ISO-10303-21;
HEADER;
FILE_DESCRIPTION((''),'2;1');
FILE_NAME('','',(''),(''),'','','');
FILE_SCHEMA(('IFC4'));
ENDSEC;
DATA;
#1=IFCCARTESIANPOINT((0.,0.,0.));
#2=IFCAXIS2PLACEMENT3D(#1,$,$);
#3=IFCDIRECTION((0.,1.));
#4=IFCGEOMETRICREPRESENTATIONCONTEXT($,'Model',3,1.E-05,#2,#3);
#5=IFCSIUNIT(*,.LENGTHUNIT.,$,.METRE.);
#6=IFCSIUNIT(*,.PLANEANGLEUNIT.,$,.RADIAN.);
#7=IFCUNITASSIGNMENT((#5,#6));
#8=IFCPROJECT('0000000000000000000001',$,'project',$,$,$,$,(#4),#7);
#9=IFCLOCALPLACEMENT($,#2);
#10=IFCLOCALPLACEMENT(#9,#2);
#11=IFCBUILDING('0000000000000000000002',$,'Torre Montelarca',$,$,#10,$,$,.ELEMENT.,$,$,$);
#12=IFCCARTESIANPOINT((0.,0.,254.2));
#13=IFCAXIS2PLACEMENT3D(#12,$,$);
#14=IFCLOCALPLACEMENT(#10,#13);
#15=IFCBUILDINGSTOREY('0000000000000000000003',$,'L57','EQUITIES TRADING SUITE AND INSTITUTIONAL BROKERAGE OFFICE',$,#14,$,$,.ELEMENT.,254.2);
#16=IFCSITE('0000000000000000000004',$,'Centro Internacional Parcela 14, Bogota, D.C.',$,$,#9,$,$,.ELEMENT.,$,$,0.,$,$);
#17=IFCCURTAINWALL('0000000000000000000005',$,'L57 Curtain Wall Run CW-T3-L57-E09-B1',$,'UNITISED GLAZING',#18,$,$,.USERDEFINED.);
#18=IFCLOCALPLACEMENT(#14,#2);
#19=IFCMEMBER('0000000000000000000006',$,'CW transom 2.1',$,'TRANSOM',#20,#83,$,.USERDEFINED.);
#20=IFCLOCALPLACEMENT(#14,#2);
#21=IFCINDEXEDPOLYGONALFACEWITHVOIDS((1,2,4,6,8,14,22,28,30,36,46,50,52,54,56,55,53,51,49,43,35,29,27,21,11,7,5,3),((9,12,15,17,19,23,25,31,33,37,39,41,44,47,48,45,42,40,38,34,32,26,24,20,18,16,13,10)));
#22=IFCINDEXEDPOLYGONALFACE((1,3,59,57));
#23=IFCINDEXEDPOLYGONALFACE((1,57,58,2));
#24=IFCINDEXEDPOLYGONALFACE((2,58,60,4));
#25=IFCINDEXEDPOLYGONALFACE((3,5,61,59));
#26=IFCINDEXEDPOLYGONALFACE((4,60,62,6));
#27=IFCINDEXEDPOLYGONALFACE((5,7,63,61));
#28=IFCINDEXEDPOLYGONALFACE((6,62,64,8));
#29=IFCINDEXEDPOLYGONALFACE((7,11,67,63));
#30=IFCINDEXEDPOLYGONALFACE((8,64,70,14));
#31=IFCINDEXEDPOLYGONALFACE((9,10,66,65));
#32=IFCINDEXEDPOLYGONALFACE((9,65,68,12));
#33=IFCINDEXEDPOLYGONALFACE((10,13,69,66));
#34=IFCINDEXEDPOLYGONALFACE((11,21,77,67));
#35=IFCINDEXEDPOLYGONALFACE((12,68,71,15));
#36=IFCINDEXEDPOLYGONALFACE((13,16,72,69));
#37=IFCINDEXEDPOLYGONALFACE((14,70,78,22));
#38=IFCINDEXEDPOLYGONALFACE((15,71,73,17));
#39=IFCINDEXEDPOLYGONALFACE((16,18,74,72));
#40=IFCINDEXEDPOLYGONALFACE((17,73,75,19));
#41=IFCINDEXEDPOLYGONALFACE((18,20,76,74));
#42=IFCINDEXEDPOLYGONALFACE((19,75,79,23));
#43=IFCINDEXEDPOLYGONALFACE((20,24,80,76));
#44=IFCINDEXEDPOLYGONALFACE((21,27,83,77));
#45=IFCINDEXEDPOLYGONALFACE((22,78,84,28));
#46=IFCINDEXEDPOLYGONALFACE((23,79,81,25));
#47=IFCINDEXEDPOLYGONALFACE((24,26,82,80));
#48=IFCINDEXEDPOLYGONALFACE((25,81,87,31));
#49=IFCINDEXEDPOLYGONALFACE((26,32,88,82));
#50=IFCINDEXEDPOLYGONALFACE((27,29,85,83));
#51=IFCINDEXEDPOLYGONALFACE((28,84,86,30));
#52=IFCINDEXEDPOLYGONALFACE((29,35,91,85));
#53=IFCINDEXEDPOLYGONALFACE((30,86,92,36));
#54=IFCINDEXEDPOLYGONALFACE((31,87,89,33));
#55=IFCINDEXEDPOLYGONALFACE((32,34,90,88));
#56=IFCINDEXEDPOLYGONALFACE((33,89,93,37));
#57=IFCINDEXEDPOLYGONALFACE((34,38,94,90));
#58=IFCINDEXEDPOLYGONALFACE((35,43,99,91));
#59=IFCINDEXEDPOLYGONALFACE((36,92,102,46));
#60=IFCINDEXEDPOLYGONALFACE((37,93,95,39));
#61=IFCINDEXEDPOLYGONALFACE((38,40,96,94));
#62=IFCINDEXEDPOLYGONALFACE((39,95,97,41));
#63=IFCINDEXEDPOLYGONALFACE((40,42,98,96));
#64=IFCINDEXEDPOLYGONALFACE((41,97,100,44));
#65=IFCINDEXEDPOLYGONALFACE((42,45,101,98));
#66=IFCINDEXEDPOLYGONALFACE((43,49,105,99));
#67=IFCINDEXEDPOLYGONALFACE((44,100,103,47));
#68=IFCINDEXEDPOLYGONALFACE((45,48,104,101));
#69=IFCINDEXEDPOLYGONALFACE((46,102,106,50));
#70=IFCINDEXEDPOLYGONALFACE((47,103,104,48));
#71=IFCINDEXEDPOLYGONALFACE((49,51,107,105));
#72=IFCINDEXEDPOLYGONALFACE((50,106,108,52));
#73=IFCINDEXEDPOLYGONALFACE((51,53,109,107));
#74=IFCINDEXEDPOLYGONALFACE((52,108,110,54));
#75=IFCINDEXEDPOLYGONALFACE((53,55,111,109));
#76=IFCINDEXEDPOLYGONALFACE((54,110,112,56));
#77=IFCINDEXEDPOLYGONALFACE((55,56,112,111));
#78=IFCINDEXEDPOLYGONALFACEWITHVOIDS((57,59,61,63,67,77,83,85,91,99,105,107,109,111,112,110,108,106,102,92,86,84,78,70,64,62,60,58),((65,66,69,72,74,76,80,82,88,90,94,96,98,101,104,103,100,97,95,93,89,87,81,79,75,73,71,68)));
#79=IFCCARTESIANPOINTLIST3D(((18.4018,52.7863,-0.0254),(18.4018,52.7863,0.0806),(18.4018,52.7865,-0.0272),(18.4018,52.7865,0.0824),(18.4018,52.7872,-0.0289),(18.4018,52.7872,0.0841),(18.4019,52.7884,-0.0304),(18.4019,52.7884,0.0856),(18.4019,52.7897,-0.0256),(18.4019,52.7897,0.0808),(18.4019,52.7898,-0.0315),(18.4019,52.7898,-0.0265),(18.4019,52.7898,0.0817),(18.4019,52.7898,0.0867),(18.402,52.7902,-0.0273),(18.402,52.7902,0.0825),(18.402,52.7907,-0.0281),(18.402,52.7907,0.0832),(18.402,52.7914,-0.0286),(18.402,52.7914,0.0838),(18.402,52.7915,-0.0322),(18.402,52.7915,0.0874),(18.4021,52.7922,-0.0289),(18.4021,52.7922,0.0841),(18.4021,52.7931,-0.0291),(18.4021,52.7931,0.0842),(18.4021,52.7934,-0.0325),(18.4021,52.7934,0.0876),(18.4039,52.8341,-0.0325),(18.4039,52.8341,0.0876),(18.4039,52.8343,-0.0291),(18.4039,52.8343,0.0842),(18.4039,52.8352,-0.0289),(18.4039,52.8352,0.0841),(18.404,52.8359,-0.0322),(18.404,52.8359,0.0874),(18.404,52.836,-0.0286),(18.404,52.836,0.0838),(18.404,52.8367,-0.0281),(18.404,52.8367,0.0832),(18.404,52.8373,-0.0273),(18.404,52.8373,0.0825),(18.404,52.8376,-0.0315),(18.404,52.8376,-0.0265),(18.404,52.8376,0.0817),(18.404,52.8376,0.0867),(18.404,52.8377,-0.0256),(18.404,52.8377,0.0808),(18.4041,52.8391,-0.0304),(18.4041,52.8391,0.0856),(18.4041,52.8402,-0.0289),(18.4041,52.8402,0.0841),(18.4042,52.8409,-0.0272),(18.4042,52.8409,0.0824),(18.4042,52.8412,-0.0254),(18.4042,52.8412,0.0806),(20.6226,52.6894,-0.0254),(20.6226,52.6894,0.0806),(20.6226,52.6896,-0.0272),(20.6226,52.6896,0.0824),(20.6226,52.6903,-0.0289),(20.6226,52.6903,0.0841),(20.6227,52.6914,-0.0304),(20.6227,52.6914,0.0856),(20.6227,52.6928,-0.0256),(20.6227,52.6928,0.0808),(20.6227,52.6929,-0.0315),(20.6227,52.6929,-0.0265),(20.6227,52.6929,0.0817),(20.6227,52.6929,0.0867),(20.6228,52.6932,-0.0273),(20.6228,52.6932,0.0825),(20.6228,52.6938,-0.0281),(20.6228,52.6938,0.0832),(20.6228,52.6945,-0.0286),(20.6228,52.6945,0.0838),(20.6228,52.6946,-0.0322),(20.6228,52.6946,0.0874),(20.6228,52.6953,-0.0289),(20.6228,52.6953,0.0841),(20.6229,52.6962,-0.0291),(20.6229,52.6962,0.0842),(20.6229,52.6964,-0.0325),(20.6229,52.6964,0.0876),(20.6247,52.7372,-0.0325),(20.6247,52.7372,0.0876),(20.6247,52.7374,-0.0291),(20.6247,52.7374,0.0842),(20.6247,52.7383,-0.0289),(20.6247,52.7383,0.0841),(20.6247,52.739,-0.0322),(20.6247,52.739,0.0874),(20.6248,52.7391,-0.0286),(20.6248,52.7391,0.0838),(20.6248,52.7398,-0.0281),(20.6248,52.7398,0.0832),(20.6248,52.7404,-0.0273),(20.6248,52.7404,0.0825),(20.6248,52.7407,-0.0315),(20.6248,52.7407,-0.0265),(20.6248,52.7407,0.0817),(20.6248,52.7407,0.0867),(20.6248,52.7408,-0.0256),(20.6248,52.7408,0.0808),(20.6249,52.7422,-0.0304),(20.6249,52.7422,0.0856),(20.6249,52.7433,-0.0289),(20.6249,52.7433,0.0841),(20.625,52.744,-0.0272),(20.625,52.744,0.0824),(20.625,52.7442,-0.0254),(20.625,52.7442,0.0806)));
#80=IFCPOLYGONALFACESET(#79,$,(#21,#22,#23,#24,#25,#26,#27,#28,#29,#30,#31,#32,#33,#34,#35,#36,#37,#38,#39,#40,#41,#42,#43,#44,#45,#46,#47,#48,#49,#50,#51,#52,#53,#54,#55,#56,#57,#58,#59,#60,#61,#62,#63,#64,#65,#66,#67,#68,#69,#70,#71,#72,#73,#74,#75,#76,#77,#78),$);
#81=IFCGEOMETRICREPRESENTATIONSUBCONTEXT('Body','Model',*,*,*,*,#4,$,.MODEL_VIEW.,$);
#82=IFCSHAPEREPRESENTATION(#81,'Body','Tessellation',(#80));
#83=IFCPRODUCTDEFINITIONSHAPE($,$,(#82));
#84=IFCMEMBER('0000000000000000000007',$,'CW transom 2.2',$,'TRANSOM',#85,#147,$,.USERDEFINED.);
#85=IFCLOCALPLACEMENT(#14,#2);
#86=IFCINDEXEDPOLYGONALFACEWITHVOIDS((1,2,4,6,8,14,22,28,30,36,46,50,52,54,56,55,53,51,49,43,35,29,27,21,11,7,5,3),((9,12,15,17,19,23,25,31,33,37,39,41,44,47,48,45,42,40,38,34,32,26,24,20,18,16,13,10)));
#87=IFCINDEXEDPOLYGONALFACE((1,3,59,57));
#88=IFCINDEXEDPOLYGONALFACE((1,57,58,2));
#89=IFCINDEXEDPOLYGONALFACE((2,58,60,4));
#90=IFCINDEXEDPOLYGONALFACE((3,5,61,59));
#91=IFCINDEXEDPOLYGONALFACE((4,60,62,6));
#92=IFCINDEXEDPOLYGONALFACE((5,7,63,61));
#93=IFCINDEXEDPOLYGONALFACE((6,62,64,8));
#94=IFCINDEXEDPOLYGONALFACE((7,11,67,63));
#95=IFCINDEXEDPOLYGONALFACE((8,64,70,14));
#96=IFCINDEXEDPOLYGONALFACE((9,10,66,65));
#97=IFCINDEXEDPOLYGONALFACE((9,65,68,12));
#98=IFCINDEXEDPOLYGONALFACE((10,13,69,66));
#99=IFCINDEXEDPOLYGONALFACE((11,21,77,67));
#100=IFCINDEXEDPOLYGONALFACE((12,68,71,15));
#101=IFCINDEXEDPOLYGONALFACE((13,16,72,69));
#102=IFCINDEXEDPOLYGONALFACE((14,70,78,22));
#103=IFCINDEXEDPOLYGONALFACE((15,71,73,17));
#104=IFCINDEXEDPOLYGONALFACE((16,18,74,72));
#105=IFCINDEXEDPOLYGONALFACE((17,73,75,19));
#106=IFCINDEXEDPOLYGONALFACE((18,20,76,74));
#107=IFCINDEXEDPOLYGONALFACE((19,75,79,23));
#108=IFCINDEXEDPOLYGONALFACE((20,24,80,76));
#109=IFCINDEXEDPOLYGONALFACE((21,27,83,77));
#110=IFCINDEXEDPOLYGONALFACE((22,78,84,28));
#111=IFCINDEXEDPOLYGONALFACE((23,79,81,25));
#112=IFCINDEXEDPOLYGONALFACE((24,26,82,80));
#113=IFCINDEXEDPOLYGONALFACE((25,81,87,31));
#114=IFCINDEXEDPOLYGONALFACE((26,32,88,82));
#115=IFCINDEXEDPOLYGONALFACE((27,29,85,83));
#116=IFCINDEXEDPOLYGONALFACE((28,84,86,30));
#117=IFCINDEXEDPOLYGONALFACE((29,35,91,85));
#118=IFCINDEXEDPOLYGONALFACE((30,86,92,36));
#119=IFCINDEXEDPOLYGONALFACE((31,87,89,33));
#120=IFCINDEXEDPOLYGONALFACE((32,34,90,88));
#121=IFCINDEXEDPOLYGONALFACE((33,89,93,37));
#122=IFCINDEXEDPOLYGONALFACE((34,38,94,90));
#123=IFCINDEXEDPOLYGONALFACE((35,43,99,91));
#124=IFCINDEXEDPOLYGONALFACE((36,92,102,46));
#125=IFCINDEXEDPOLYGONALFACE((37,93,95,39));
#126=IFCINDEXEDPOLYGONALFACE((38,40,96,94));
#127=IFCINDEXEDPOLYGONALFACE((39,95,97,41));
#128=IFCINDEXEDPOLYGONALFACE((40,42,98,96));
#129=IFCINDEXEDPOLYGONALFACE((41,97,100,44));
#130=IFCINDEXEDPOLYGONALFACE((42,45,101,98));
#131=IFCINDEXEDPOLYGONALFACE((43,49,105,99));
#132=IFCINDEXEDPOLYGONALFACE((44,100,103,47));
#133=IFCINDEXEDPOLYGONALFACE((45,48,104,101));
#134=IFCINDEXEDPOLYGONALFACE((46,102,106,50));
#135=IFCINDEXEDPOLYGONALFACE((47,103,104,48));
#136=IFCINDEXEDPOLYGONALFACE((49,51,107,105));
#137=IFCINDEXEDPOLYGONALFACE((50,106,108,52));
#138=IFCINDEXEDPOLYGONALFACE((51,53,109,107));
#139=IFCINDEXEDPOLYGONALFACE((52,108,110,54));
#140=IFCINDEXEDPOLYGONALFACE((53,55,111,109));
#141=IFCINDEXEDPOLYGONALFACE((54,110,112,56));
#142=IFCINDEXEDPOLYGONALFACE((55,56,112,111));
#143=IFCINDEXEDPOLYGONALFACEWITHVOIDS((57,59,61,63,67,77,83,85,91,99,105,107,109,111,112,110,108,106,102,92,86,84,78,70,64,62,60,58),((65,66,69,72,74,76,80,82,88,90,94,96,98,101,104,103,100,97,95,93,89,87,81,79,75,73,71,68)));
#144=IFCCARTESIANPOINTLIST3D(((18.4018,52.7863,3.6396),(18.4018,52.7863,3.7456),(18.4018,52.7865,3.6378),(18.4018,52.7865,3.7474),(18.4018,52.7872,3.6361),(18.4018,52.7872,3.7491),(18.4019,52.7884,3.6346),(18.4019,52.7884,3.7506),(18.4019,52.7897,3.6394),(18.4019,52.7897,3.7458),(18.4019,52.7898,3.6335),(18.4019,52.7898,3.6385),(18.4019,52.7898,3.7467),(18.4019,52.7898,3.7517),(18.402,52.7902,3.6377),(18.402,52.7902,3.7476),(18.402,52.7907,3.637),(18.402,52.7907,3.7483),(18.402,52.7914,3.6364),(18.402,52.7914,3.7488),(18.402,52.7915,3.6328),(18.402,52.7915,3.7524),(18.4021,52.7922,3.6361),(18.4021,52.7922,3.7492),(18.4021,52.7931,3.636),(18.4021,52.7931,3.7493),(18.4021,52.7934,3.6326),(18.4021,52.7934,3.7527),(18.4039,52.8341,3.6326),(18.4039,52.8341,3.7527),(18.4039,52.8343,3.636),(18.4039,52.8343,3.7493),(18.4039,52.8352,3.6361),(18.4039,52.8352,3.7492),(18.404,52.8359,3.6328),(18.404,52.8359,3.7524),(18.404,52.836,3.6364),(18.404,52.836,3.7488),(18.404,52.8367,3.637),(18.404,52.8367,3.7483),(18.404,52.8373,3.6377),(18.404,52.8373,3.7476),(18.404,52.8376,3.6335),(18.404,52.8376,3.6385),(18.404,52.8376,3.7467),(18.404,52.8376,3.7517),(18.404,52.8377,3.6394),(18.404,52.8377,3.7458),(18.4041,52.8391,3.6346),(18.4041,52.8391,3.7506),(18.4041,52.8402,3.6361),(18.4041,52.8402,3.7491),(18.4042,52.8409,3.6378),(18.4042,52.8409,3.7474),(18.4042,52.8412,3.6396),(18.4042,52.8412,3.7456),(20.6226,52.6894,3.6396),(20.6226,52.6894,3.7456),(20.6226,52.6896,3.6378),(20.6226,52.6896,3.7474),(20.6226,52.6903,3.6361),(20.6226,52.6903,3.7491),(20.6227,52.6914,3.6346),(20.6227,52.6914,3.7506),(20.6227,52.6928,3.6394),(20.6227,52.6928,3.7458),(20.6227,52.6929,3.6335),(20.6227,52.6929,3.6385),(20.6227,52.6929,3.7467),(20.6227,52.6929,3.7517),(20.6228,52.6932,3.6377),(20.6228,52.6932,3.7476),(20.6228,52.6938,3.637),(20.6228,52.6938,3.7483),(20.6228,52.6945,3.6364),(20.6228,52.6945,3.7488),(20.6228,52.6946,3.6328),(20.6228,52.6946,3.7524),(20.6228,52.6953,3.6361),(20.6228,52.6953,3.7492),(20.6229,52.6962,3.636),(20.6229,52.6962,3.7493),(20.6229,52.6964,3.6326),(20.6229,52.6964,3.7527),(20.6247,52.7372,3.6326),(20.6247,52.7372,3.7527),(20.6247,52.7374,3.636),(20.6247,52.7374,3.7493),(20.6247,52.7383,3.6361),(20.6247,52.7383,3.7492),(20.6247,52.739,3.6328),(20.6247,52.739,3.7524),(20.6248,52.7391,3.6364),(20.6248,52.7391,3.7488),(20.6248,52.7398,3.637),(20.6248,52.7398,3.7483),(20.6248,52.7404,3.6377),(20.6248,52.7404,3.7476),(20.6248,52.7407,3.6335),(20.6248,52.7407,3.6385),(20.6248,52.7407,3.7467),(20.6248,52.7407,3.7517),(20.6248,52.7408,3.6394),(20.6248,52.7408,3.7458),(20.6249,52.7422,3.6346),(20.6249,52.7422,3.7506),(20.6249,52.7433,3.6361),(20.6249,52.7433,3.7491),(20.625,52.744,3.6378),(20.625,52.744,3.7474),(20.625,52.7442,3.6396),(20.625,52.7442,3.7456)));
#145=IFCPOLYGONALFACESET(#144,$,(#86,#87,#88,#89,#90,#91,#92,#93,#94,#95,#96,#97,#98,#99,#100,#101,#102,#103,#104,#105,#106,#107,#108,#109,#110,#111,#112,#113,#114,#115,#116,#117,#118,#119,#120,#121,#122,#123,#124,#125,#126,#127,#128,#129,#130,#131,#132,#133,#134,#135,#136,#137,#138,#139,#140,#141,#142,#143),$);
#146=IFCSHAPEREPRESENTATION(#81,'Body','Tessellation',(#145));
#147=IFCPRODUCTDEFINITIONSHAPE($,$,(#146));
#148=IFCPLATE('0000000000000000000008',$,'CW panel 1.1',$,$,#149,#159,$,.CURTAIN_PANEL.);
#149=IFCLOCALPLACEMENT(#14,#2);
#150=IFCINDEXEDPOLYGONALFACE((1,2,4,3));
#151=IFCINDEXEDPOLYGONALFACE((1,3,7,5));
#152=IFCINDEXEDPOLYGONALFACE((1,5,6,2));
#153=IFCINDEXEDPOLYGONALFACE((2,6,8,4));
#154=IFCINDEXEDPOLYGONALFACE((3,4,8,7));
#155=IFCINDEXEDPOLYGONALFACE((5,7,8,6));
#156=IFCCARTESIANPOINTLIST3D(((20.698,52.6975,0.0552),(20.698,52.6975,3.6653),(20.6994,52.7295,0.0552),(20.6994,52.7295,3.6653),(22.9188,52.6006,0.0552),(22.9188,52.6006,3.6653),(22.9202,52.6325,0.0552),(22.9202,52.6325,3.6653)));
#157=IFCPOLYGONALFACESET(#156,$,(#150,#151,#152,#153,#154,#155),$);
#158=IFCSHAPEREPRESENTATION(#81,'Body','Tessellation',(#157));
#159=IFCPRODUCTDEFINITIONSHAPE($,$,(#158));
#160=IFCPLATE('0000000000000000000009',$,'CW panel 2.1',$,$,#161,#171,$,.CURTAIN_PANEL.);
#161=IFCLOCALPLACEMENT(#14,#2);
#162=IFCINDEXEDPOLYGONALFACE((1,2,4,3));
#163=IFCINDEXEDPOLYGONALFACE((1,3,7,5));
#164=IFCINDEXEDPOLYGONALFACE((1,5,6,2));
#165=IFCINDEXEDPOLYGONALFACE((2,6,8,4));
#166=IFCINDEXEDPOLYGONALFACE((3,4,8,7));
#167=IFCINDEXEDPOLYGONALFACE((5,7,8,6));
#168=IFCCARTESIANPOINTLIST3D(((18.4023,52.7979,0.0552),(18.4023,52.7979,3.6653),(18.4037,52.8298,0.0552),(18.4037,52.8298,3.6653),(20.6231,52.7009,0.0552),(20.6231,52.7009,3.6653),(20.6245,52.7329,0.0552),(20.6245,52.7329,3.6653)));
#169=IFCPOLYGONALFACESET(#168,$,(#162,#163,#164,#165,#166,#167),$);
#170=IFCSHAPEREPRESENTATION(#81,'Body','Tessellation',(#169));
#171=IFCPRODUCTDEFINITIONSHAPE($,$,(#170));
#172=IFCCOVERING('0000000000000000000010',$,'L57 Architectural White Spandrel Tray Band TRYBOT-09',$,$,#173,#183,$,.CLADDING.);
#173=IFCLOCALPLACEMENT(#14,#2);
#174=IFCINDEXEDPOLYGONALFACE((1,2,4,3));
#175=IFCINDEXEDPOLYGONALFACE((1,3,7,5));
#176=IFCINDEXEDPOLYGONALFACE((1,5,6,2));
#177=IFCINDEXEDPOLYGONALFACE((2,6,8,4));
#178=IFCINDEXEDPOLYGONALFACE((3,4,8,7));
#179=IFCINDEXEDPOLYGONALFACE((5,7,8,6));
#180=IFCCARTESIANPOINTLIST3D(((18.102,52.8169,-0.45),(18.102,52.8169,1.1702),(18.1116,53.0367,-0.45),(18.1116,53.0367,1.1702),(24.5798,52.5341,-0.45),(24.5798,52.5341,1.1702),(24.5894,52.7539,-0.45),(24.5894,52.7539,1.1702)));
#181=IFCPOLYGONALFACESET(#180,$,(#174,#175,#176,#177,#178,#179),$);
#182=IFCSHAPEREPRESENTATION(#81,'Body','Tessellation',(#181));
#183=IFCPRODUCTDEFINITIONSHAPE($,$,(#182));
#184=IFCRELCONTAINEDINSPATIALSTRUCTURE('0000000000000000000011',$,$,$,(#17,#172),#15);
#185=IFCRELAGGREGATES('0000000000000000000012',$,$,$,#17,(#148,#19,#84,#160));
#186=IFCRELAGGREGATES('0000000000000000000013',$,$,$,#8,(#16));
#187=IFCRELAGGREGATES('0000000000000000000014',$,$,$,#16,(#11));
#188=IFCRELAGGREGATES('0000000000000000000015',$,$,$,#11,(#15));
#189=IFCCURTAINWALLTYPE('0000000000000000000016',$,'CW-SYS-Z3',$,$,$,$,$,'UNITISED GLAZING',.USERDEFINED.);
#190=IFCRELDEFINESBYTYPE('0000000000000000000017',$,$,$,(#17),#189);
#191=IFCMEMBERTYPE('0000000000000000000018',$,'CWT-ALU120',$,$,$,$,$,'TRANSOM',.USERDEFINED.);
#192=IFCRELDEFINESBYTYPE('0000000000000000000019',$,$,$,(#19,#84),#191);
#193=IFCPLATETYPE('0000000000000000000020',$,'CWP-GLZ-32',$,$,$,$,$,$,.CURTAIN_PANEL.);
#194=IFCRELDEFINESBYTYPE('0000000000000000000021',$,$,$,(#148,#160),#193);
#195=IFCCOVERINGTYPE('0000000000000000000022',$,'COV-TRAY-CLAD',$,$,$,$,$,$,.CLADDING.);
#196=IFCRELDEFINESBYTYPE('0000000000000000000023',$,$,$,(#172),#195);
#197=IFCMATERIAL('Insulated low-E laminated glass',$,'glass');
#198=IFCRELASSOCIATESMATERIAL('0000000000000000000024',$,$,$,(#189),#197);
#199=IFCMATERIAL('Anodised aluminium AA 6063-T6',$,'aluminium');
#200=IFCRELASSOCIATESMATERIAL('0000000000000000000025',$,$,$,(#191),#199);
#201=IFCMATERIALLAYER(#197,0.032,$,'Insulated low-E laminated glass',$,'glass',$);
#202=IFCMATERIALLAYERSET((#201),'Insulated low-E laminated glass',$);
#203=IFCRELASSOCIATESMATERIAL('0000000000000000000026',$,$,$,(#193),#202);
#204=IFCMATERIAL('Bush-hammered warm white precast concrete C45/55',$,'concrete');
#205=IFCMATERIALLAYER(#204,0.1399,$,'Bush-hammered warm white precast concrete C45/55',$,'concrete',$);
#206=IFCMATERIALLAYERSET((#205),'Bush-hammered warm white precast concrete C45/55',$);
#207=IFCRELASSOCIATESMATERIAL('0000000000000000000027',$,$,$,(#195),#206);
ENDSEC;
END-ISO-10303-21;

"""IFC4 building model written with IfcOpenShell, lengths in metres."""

from ifc_helpers import new_model, si_unit, direction, frame, origin, origin_2d, place, context, subcontext, project, spatial, rectangle, hollow_rectangle, extrude, source, transform, mapped, material, layer, layer_set, material_profile, profile_set, type_object, element, aggregate, save


model = new_model("IFC4")

# Units and contexts
model_context = context("Model", 3, precision=1e-05, world=origin(), true_north=direction((0.0, 1.0)))
body_context = subcontext(model_context, "Body", "Model", "MODEL_VIEW")
ifc_project = project(units=[si_unit("LENGTHUNIT", "METRE"), si_unit("PLANEANGLEUNIT", "RADIAN")], contexts=[model_context])

# Site, building, storey
site_placement = place(None, origin())
site = spatial("IfcSite", under=ifc_project, at=site_placement, Name="Centro Internacional Parcela 14, Bogota, D.C.", CompositionType="ELEMENT", RefElevation=0.0)
building_placement = place(site_placement, origin())
building = spatial("IfcBuilding", under=site, at=building_placement, Name="Torre Montelarca", CompositionType="ELEMENT")
storey_placement = place(building_placement, frame((0.0, 0.0, 254.2)))
storey = spatial("IfcBuildingStorey", under=building, at=storey_placement, Name="L57", Description="EQUITIES TRADING SUITE AND INSTITUTIONAL BROKERAGE OFFICE", CompositionType="ELEMENT", Elevation=254.2)

# Shared definitions
ifc_material_1 = material(Name="Insulated low-E laminated glass", Category="glass")
curtain_wall_type = type_object("IfcCurtainWallType", Name="CW-SYS-Z3", ElementType="UNITISED GLAZING", PredefinedType="USERDEFINED", material=ifc_material_1)
ifc_material_2 = material(Name="Anodised aluminium AA 6063-T6", Category="aluminium")

# Curtain wall, members, plates
curtain_wall_1_placement = place(storey_placement, origin())
curtain_wall_1 = element("IfcCurtainWall", 1, at=curtain_wall_1_placement, inside=storey, type_object=curtain_wall_type, Name="L57 Curtain Wall Run CW-T3-L57-E09-B1", ObjectType="UNITISED GLAZING", PredefinedType="USERDEFINED")
ifc_material_profile_1 = material_profile(ifc_material_2, hollow_rectangle(XDim=0.0549, YDim=0.1201, WallThickness=0.0034, InnerFilletRadius=0.0034, OuterFilletRadius=0.0071, at=origin_2d()), Name="ALU55X120X3.5", Category="aluminium")
ifc_profile_set_1 = profile_set([ifc_material_profile_1], Name="Anodised aluminium AA 6063-T6")
member_type_1 = type_object("IfcMemberType", Name="CWT-ALU120", ElementType="TRANSOM", PredefinedType="USERDEFINED", material=ifc_profile_set_1)
shared_shape_1 = source(origin(), body_context, "Body", "SweptSolid", [
    extrude(hollow_rectangle(XDim=0.0549, YDim=0.1201, WallThickness=0.0034, InnerFilletRadius=0.0034, OuterFilletRadius=0.0071, at=origin_2d()), origin(), (0.0, 0.0, 1.0), 2.2229),
])
member_1_placement = place(storey_placement, frame((20.6238, 52.7168, 0.0276), z_axis=(-0.999049, 0.043604, 0.0), x_axis=(-0.043604, -0.999049, 0.0)))
member_1 = element("IfcMember", 2, at=member_1_placement, type_object=member_type_1, Name="CW transom 2.1", ObjectType="TRANSOM", PredefinedType="USERDEFINED", context=body_context, shape_type="MappedRepresentation", body=[
    mapped(shared_shape_1, transform((0.0, 0.0, 0.0), scale=1.0)),
])
member_2_placement = place(storey_placement, frame((20.6238, 52.7168, 3.6926), z_axis=(-0.999049, 0.043604, 0.0), x_axis=(-0.043604, -0.999049, 0.0)))
member_2 = element("IfcMember", 3, at=member_2_placement, type_object=member_type_1, Name="CW transom 2.2", ObjectType="TRANSOM", PredefinedType="USERDEFINED", context=body_context, shape_type="MappedRepresentation", body=[
    mapped(shared_shape_1, transform((0.0, 0.0, 0.0), scale=1.0)),
])
ifc_layer_1 = layer(ifc_material_1, 0.032, Name="Insulated low-E laminated glass", Category="glass")
ifc_layer_set_1 = layer_set([ifc_layer_1], Name="Insulated low-E laminated glass")
plate_type = type_object("IfcPlateType", Name="CWP-GLZ-32", PredefinedType="CURTAIN_PANEL", material=ifc_layer_set_1)
shared_shape_2 = source(origin(), body_context, "Body", "SweptSolid", [
    extrude(rectangle(XDim=2.2229, YDim=0.032, at=origin_2d()), origin(), (0.0, 0.0, 1.0), 3.6101),
])
plate_1_placement = place(storey_placement, frame((21.8091, 52.665, 0.0552), z_axis=(0.0, 0.0, 1.0), x_axis=(-0.999049, 0.043613, 0.0)))
plate_1 = element("IfcPlate", 4, at=plate_1_placement, type_object=plate_type, Name="CW panel 1.1", PredefinedType="CURTAIN_PANEL", context=body_context, shape_type="MappedRepresentation", body=[
    mapped(shared_shape_2, transform((0.0, 0.0, 0.0), scale=1.0)),
])
plate_2_placement = place(storey_placement, frame((19.5134, 52.7654, 0.0552), z_axis=(0.0, 0.0, 1.0), x_axis=(-0.999049, 0.043613, 0.0)))
plate_2 = element("IfcPlate", 5, at=plate_2_placement, type_object=plate_type, Name="CW panel 2.1", PredefinedType="CURTAIN_PANEL", context=body_context, shape_type="MappedRepresentation", body=[
    mapped(shared_shape_2, transform((0.0, 0.0, 0.0), scale=1.0)),
])
aggregate(curtain_wall_1, [plate_1, member_1, member_2, plate_2])

# Covering
ifc_material_3 = material(Name="Bush-hammered warm white precast concrete C45/55", Category="concrete")
ifc_layer_2 = layer(ifc_material_3, 0.1399, Name="Bush-hammered warm white precast concrete C45/55", Category="concrete")
ifc_layer_set_2 = layer_set([ifc_layer_2], Name="Bush-hammered warm white precast concrete C45/55")
covering_type = type_object("IfcCoveringType", Name="COV-TRAY-CLAD", PredefinedType="CLADDING", material=ifc_layer_set_2)
shared_shape_3 = source(origin(), body_context, "Body", "SweptSolid", [
    extrude(rectangle(XDim=6.4839, YDim=0.22, at=origin_2d()), origin(), (0.0, 0.0, 1.0), 1.6201),
])
covering_1_placement = place(storey_placement, frame((21.3457, 52.7854, -0.45), z_axis=(0.0, 0.0, 1.0), x_axis=(-0.999048, 0.043621, 0.0)))
element("IfcCovering", 6, at=covering_1_placement, inside=storey, type_object=covering_type, Name="L57 Architectural White Spandrel Tray Band TRYBOT-09", PredefinedType="CLADDING", context=body_context, shape_type="MappedRepresentation", body=[
    mapped(shared_shape_3, transform((0.0, 0.0, 0.0), scale=1.0)),
])

save(model, "model.ifc")
